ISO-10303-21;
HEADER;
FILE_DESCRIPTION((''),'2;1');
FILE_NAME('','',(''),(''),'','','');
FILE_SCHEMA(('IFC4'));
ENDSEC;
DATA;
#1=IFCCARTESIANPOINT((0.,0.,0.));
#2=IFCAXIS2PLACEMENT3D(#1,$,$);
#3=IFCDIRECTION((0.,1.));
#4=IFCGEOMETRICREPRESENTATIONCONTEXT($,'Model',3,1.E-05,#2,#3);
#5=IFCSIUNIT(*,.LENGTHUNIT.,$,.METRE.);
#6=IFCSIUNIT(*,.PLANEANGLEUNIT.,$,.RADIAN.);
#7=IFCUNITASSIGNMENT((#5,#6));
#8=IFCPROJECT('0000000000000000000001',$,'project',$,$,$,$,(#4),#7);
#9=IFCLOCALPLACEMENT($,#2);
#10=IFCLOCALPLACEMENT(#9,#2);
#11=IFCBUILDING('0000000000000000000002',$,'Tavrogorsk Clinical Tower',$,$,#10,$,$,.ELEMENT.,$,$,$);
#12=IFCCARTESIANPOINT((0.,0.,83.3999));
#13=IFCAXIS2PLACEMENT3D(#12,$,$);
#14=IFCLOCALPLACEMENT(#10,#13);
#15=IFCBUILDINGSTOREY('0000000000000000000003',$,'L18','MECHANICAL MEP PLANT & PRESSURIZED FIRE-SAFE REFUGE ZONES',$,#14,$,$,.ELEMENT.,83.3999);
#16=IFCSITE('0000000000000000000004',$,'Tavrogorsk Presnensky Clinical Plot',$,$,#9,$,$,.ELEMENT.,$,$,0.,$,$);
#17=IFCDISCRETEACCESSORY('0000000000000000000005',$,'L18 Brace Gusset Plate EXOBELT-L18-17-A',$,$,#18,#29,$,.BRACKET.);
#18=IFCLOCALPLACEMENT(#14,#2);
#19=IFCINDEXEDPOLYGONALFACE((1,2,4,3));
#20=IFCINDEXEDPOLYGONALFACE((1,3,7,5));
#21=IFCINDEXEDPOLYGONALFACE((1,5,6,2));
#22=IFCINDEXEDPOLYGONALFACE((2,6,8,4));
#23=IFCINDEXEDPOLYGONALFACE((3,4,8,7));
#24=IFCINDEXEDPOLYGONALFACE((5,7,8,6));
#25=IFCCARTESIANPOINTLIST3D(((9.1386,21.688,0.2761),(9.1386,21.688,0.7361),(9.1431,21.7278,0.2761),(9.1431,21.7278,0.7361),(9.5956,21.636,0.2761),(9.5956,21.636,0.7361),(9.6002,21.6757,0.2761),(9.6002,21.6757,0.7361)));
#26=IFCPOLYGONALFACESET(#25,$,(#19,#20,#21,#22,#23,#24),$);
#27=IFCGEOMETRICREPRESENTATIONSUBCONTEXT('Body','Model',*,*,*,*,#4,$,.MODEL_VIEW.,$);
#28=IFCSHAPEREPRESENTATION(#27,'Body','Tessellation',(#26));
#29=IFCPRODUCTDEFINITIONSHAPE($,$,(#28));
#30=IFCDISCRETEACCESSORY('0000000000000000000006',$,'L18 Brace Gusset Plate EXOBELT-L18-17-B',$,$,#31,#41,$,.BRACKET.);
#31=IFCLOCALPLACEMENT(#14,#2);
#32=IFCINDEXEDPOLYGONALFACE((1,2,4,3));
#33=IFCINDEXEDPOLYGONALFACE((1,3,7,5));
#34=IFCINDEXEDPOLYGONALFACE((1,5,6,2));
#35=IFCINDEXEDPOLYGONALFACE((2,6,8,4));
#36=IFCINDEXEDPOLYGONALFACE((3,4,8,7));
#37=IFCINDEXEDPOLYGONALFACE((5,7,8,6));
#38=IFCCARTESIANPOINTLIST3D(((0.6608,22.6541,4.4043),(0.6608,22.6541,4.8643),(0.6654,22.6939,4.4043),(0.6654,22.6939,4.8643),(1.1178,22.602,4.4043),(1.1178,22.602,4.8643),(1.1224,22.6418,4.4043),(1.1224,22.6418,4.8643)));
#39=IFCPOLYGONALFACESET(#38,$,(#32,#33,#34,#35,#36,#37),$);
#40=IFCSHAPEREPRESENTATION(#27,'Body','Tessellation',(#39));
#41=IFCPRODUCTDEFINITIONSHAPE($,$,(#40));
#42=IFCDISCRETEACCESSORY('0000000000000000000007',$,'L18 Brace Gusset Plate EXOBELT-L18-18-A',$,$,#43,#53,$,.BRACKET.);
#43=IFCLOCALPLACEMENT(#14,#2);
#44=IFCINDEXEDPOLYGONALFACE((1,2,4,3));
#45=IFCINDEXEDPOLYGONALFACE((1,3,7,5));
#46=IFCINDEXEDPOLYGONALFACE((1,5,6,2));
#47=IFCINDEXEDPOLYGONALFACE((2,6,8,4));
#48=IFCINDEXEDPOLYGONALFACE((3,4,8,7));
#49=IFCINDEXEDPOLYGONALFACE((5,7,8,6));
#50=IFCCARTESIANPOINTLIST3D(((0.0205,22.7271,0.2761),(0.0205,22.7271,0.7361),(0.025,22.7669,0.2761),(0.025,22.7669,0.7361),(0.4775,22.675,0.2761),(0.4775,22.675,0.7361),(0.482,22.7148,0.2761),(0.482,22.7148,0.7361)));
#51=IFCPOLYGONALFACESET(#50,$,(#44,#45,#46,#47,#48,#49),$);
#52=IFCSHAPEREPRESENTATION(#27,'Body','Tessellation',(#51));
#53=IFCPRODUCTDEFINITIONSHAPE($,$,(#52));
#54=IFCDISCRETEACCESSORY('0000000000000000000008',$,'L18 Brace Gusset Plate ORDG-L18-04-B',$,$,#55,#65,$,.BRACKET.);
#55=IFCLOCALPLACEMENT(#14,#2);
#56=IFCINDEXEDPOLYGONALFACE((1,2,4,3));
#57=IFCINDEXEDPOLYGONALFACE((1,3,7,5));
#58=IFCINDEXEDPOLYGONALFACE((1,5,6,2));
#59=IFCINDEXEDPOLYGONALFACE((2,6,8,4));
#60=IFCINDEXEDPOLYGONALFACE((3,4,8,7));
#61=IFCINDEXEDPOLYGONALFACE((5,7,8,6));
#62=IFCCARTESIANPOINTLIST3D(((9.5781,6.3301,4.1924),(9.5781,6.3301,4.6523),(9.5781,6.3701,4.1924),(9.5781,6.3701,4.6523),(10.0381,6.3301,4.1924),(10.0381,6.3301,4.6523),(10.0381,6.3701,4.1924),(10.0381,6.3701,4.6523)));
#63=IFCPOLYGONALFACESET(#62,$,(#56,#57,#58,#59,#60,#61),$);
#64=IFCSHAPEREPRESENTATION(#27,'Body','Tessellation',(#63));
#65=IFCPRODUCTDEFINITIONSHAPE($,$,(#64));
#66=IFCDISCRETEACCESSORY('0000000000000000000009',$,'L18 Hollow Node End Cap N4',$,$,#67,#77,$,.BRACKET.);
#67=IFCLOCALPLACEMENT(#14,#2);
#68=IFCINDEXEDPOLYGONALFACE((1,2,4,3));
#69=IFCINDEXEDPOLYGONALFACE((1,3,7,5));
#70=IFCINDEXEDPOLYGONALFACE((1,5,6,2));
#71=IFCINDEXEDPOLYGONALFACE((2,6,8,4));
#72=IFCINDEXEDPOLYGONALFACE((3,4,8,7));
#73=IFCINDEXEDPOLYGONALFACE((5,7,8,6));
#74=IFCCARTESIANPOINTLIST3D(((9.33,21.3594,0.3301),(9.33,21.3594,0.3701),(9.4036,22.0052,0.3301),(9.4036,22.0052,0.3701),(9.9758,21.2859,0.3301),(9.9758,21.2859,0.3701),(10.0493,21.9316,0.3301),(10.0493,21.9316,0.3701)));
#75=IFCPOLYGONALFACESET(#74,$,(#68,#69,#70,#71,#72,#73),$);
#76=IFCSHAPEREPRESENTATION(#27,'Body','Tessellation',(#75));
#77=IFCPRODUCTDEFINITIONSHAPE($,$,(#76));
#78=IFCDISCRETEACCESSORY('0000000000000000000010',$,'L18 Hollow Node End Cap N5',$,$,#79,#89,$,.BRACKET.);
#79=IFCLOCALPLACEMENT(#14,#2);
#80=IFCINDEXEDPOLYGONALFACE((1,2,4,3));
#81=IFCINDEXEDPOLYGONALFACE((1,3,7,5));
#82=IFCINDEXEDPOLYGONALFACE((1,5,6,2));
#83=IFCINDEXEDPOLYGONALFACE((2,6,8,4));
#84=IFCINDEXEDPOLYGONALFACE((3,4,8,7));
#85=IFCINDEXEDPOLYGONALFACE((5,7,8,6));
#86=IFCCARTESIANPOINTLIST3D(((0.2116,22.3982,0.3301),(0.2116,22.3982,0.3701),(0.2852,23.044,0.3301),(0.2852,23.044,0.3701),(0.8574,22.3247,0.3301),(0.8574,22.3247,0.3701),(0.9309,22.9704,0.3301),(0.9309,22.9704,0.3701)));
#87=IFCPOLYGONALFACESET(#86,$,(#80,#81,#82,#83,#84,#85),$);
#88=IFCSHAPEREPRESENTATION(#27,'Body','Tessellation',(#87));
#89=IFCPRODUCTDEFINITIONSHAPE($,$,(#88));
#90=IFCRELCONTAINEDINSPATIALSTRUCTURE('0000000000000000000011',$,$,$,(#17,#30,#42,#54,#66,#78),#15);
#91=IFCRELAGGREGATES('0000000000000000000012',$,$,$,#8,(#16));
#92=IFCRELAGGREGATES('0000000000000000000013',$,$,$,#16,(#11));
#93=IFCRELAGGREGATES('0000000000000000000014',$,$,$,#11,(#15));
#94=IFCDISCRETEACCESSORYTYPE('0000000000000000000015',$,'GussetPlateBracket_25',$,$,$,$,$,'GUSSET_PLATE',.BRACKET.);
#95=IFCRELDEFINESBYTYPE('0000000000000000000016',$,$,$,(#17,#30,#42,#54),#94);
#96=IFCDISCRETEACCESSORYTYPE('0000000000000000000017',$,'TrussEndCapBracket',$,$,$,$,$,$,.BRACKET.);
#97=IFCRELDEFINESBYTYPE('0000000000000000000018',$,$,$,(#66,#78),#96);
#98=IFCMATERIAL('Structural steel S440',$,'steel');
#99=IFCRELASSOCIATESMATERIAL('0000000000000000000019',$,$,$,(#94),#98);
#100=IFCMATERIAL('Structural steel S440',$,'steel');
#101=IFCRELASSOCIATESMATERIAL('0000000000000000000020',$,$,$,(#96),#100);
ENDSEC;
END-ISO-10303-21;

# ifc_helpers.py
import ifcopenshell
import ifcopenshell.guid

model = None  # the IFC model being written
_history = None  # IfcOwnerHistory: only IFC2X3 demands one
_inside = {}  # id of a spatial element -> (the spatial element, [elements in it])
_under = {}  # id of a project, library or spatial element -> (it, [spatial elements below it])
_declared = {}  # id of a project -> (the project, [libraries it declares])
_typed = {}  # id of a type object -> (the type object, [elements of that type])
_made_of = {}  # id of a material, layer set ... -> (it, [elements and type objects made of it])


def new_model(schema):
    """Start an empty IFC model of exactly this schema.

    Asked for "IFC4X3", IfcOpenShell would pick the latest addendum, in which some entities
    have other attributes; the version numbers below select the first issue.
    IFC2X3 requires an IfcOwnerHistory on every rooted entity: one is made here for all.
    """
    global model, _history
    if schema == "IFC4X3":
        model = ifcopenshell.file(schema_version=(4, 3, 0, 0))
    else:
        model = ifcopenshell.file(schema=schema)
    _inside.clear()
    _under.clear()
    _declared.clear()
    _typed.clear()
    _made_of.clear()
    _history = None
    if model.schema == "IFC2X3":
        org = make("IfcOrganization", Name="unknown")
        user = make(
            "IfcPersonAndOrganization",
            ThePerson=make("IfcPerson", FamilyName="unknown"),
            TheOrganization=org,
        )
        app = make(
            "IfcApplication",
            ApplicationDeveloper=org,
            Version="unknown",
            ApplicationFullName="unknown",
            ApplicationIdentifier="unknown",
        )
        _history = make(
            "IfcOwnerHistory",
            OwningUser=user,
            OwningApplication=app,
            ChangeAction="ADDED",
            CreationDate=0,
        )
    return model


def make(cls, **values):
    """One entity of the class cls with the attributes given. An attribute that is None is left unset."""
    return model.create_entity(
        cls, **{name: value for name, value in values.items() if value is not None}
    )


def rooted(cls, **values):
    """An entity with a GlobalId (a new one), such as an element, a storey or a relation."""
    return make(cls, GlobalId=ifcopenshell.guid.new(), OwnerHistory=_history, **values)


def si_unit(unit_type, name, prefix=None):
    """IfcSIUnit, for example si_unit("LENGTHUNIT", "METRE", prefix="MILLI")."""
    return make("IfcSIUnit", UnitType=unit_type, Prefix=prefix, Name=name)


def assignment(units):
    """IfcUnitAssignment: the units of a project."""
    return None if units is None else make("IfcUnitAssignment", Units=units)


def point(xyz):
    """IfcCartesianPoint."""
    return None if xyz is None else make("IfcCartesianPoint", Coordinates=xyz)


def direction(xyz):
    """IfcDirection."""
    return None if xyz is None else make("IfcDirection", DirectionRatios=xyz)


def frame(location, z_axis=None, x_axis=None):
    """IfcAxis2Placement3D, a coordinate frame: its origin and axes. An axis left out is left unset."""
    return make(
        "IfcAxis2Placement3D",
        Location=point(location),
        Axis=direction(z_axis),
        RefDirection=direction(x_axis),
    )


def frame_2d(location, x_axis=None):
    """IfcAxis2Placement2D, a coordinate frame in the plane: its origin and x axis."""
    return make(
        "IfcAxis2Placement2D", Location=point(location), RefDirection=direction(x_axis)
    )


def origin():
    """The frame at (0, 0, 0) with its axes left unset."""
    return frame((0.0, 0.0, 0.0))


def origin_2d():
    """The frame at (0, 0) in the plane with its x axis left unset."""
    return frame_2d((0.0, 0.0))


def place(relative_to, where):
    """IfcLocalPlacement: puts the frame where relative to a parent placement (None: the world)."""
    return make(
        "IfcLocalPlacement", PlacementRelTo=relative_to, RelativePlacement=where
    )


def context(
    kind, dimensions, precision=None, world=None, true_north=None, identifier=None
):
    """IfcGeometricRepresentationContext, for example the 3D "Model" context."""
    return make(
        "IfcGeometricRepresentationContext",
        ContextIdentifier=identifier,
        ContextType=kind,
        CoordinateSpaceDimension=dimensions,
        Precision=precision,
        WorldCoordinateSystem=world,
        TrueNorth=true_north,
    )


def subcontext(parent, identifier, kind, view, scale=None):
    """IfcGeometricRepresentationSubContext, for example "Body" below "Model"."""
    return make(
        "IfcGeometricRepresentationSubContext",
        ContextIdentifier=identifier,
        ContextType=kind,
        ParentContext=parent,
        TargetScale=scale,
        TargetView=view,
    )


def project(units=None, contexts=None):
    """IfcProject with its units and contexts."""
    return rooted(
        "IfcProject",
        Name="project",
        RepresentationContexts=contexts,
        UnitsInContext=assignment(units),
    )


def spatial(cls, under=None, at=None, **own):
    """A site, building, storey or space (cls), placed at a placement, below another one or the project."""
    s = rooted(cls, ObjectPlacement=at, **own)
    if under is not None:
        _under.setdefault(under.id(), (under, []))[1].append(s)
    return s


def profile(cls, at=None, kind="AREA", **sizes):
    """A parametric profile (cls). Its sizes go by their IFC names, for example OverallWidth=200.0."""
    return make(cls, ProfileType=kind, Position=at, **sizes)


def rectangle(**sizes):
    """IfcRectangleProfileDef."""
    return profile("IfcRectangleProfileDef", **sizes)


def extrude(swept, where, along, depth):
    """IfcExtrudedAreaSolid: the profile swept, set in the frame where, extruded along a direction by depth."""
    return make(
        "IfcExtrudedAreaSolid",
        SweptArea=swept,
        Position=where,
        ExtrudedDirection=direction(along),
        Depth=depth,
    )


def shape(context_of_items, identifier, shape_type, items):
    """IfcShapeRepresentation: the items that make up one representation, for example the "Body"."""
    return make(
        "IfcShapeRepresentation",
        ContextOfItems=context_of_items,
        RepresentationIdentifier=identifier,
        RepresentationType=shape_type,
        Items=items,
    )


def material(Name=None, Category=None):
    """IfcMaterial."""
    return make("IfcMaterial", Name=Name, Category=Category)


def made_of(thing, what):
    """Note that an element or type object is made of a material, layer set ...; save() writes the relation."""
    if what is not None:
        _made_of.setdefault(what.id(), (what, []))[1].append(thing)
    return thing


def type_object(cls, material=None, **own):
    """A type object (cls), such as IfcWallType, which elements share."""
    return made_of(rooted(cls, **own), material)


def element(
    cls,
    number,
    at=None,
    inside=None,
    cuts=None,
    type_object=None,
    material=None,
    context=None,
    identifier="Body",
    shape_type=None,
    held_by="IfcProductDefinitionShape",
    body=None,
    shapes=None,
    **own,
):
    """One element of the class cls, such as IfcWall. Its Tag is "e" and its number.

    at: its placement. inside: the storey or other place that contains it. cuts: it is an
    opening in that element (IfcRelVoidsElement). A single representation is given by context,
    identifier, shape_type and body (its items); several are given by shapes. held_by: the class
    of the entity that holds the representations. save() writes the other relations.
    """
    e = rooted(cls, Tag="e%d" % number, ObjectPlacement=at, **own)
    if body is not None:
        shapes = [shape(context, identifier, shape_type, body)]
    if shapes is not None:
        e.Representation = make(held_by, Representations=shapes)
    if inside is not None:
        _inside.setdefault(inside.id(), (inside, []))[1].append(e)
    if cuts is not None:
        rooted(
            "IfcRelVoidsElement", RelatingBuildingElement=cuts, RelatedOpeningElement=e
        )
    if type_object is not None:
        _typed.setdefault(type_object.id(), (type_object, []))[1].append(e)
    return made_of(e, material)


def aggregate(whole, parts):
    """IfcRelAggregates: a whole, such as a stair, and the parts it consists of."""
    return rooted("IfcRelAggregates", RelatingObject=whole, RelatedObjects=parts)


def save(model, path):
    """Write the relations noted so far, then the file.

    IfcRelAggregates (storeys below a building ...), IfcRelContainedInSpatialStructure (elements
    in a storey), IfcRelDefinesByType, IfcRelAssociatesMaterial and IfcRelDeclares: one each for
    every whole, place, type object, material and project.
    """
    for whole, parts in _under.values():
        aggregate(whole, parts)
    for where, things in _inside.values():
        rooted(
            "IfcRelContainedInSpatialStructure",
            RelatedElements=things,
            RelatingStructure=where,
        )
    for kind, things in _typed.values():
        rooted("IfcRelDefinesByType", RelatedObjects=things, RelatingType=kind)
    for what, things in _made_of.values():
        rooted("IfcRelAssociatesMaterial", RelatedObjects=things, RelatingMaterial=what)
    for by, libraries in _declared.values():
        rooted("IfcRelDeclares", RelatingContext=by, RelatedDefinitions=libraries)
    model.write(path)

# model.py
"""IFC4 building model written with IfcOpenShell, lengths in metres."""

from ifc_helpers import new_model, si_unit, direction, frame, origin, origin_2d, place, context, subcontext, project, spatial, rectangle, extrude, material, type_object, element, save


model = new_model("IFC4")

# Units and contexts
model_context = context("Model", 3, precision=1e-05, world=origin(), true_north=direction((0.0, 1.0)))
body_context = subcontext(model_context, "Body", "Model", "MODEL_VIEW")
ifc_project = project(units=[si_unit("LENGTHUNIT", "METRE"), si_unit("PLANEANGLEUNIT", "RADIAN")], contexts=[model_context])

# Site, building, storey
site_placement = place(None, origin())
site = spatial("IfcSite", under=ifc_project, at=site_placement, Name="Tavrogorsk Presnensky Clinical Plot", CompositionType="ELEMENT", RefElevation=0.0)
building_placement = place(site_placement, origin())
building = spatial("IfcBuilding", under=site, at=building_placement, Name="Tavrogorsk Clinical Tower", CompositionType="ELEMENT")
storey_placement = place(building_placement, frame((0.0, 0.0, 83.3999)))
storey = spatial("IfcBuildingStorey", under=building, at=storey_placement, Name="L18", Description="MECHANICAL MEP PLANT & PRESSURIZED FIRE-SAFE REFUGE ZONES", CompositionType="ELEMENT", Elevation=83.3999)

# Discrete accessories
ifc_material_1 = material(Name="Structural steel S440", Category="steel")
discrete_accessory_type_1 = type_object("IfcDiscreteAccessoryType", Name="GussetPlateBracket_25", ElementType="GUSSET_PLATE", PredefinedType="BRACKET", material=ifc_material_1)
for number, where, z_axis, x_axis, name in (
    (1, (9.3694, 21.6819, 0.2761), (0.0, 0.0, 1.0), (-0.993572, 0.113203, 0.0), "L18 Brace Gusset Plate EXOBELT-L18-17-A"),
    (2, (0.8916, 22.6479, 4.4043), (0.0, 0.0, 1.0), (-0.993572, 0.113203, 0.0), "L18 Brace Gusset Plate EXOBELT-L18-17-B"),
    (3, (0.2512, 22.7209, 0.2761), (0.0, 0.0, 1.0), (-0.993572, 0.113203, 0.0), "L18 Brace Gusset Plate EXOBELT-L18-18-A"),
    (4, (9.8081, 6.3501, 4.1924), (0.0, 0.0, 1.0), (1.0, 0.0, 0.0), "L18 Brace Gusset Plate ORDG-L18-04-B"),
):
    element("IfcDiscreteAccessory", number, at=place(storey_placement, frame(where, z_axis=z_axis, x_axis=x_axis)), inside=storey, type_object=discrete_accessory_type_1, Name=name, PredefinedType="BRACKET", context=body_context, shape_type="SweptSolid", body=[
        extrude(rectangle(XDim=0.46, YDim=0.04, at=origin_2d()), origin(), (0.0, 0.0, 1.0), 0.46),
    ])
ifc_material_2 = material(Name="Structural steel S440", Category="steel")
discrete_accessory_type_2 = type_object("IfcDiscreteAccessoryType", Name="TrussEndCapBracket", PredefinedType="BRACKET", material=ifc_material_2)
for number, where, z_axis, x_axis, name in (
    (5, (9.6897, 21.6455, 0.3301), (0.0, 0.0, 1.0), (0.993572, -0.113203, 0.0), "L18 Hollow Node End Cap N4"),
    (6, (0.5713, 22.6843, 0.3301), (0.0, 0.0, 1.0), (0.993572, -0.113203, 0.0), "L18 Hollow Node End Cap N5"),
):
    element("IfcDiscreteAccessory", number, at=place(storey_placement, frame(where, z_axis=z_axis, x_axis=x_axis)), inside=storey, type_object=discrete_accessory_type_2, Name=name, PredefinedType="BRACKET", context=body_context, shape_type="SweptSolid", body=[
        extrude(rectangle(XDim=0.6499, YDim=0.6499, at=origin_2d()), origin(), (0.0, 0.0, 1.0), 0.04),
    ])

save(model, "model.ifc")
